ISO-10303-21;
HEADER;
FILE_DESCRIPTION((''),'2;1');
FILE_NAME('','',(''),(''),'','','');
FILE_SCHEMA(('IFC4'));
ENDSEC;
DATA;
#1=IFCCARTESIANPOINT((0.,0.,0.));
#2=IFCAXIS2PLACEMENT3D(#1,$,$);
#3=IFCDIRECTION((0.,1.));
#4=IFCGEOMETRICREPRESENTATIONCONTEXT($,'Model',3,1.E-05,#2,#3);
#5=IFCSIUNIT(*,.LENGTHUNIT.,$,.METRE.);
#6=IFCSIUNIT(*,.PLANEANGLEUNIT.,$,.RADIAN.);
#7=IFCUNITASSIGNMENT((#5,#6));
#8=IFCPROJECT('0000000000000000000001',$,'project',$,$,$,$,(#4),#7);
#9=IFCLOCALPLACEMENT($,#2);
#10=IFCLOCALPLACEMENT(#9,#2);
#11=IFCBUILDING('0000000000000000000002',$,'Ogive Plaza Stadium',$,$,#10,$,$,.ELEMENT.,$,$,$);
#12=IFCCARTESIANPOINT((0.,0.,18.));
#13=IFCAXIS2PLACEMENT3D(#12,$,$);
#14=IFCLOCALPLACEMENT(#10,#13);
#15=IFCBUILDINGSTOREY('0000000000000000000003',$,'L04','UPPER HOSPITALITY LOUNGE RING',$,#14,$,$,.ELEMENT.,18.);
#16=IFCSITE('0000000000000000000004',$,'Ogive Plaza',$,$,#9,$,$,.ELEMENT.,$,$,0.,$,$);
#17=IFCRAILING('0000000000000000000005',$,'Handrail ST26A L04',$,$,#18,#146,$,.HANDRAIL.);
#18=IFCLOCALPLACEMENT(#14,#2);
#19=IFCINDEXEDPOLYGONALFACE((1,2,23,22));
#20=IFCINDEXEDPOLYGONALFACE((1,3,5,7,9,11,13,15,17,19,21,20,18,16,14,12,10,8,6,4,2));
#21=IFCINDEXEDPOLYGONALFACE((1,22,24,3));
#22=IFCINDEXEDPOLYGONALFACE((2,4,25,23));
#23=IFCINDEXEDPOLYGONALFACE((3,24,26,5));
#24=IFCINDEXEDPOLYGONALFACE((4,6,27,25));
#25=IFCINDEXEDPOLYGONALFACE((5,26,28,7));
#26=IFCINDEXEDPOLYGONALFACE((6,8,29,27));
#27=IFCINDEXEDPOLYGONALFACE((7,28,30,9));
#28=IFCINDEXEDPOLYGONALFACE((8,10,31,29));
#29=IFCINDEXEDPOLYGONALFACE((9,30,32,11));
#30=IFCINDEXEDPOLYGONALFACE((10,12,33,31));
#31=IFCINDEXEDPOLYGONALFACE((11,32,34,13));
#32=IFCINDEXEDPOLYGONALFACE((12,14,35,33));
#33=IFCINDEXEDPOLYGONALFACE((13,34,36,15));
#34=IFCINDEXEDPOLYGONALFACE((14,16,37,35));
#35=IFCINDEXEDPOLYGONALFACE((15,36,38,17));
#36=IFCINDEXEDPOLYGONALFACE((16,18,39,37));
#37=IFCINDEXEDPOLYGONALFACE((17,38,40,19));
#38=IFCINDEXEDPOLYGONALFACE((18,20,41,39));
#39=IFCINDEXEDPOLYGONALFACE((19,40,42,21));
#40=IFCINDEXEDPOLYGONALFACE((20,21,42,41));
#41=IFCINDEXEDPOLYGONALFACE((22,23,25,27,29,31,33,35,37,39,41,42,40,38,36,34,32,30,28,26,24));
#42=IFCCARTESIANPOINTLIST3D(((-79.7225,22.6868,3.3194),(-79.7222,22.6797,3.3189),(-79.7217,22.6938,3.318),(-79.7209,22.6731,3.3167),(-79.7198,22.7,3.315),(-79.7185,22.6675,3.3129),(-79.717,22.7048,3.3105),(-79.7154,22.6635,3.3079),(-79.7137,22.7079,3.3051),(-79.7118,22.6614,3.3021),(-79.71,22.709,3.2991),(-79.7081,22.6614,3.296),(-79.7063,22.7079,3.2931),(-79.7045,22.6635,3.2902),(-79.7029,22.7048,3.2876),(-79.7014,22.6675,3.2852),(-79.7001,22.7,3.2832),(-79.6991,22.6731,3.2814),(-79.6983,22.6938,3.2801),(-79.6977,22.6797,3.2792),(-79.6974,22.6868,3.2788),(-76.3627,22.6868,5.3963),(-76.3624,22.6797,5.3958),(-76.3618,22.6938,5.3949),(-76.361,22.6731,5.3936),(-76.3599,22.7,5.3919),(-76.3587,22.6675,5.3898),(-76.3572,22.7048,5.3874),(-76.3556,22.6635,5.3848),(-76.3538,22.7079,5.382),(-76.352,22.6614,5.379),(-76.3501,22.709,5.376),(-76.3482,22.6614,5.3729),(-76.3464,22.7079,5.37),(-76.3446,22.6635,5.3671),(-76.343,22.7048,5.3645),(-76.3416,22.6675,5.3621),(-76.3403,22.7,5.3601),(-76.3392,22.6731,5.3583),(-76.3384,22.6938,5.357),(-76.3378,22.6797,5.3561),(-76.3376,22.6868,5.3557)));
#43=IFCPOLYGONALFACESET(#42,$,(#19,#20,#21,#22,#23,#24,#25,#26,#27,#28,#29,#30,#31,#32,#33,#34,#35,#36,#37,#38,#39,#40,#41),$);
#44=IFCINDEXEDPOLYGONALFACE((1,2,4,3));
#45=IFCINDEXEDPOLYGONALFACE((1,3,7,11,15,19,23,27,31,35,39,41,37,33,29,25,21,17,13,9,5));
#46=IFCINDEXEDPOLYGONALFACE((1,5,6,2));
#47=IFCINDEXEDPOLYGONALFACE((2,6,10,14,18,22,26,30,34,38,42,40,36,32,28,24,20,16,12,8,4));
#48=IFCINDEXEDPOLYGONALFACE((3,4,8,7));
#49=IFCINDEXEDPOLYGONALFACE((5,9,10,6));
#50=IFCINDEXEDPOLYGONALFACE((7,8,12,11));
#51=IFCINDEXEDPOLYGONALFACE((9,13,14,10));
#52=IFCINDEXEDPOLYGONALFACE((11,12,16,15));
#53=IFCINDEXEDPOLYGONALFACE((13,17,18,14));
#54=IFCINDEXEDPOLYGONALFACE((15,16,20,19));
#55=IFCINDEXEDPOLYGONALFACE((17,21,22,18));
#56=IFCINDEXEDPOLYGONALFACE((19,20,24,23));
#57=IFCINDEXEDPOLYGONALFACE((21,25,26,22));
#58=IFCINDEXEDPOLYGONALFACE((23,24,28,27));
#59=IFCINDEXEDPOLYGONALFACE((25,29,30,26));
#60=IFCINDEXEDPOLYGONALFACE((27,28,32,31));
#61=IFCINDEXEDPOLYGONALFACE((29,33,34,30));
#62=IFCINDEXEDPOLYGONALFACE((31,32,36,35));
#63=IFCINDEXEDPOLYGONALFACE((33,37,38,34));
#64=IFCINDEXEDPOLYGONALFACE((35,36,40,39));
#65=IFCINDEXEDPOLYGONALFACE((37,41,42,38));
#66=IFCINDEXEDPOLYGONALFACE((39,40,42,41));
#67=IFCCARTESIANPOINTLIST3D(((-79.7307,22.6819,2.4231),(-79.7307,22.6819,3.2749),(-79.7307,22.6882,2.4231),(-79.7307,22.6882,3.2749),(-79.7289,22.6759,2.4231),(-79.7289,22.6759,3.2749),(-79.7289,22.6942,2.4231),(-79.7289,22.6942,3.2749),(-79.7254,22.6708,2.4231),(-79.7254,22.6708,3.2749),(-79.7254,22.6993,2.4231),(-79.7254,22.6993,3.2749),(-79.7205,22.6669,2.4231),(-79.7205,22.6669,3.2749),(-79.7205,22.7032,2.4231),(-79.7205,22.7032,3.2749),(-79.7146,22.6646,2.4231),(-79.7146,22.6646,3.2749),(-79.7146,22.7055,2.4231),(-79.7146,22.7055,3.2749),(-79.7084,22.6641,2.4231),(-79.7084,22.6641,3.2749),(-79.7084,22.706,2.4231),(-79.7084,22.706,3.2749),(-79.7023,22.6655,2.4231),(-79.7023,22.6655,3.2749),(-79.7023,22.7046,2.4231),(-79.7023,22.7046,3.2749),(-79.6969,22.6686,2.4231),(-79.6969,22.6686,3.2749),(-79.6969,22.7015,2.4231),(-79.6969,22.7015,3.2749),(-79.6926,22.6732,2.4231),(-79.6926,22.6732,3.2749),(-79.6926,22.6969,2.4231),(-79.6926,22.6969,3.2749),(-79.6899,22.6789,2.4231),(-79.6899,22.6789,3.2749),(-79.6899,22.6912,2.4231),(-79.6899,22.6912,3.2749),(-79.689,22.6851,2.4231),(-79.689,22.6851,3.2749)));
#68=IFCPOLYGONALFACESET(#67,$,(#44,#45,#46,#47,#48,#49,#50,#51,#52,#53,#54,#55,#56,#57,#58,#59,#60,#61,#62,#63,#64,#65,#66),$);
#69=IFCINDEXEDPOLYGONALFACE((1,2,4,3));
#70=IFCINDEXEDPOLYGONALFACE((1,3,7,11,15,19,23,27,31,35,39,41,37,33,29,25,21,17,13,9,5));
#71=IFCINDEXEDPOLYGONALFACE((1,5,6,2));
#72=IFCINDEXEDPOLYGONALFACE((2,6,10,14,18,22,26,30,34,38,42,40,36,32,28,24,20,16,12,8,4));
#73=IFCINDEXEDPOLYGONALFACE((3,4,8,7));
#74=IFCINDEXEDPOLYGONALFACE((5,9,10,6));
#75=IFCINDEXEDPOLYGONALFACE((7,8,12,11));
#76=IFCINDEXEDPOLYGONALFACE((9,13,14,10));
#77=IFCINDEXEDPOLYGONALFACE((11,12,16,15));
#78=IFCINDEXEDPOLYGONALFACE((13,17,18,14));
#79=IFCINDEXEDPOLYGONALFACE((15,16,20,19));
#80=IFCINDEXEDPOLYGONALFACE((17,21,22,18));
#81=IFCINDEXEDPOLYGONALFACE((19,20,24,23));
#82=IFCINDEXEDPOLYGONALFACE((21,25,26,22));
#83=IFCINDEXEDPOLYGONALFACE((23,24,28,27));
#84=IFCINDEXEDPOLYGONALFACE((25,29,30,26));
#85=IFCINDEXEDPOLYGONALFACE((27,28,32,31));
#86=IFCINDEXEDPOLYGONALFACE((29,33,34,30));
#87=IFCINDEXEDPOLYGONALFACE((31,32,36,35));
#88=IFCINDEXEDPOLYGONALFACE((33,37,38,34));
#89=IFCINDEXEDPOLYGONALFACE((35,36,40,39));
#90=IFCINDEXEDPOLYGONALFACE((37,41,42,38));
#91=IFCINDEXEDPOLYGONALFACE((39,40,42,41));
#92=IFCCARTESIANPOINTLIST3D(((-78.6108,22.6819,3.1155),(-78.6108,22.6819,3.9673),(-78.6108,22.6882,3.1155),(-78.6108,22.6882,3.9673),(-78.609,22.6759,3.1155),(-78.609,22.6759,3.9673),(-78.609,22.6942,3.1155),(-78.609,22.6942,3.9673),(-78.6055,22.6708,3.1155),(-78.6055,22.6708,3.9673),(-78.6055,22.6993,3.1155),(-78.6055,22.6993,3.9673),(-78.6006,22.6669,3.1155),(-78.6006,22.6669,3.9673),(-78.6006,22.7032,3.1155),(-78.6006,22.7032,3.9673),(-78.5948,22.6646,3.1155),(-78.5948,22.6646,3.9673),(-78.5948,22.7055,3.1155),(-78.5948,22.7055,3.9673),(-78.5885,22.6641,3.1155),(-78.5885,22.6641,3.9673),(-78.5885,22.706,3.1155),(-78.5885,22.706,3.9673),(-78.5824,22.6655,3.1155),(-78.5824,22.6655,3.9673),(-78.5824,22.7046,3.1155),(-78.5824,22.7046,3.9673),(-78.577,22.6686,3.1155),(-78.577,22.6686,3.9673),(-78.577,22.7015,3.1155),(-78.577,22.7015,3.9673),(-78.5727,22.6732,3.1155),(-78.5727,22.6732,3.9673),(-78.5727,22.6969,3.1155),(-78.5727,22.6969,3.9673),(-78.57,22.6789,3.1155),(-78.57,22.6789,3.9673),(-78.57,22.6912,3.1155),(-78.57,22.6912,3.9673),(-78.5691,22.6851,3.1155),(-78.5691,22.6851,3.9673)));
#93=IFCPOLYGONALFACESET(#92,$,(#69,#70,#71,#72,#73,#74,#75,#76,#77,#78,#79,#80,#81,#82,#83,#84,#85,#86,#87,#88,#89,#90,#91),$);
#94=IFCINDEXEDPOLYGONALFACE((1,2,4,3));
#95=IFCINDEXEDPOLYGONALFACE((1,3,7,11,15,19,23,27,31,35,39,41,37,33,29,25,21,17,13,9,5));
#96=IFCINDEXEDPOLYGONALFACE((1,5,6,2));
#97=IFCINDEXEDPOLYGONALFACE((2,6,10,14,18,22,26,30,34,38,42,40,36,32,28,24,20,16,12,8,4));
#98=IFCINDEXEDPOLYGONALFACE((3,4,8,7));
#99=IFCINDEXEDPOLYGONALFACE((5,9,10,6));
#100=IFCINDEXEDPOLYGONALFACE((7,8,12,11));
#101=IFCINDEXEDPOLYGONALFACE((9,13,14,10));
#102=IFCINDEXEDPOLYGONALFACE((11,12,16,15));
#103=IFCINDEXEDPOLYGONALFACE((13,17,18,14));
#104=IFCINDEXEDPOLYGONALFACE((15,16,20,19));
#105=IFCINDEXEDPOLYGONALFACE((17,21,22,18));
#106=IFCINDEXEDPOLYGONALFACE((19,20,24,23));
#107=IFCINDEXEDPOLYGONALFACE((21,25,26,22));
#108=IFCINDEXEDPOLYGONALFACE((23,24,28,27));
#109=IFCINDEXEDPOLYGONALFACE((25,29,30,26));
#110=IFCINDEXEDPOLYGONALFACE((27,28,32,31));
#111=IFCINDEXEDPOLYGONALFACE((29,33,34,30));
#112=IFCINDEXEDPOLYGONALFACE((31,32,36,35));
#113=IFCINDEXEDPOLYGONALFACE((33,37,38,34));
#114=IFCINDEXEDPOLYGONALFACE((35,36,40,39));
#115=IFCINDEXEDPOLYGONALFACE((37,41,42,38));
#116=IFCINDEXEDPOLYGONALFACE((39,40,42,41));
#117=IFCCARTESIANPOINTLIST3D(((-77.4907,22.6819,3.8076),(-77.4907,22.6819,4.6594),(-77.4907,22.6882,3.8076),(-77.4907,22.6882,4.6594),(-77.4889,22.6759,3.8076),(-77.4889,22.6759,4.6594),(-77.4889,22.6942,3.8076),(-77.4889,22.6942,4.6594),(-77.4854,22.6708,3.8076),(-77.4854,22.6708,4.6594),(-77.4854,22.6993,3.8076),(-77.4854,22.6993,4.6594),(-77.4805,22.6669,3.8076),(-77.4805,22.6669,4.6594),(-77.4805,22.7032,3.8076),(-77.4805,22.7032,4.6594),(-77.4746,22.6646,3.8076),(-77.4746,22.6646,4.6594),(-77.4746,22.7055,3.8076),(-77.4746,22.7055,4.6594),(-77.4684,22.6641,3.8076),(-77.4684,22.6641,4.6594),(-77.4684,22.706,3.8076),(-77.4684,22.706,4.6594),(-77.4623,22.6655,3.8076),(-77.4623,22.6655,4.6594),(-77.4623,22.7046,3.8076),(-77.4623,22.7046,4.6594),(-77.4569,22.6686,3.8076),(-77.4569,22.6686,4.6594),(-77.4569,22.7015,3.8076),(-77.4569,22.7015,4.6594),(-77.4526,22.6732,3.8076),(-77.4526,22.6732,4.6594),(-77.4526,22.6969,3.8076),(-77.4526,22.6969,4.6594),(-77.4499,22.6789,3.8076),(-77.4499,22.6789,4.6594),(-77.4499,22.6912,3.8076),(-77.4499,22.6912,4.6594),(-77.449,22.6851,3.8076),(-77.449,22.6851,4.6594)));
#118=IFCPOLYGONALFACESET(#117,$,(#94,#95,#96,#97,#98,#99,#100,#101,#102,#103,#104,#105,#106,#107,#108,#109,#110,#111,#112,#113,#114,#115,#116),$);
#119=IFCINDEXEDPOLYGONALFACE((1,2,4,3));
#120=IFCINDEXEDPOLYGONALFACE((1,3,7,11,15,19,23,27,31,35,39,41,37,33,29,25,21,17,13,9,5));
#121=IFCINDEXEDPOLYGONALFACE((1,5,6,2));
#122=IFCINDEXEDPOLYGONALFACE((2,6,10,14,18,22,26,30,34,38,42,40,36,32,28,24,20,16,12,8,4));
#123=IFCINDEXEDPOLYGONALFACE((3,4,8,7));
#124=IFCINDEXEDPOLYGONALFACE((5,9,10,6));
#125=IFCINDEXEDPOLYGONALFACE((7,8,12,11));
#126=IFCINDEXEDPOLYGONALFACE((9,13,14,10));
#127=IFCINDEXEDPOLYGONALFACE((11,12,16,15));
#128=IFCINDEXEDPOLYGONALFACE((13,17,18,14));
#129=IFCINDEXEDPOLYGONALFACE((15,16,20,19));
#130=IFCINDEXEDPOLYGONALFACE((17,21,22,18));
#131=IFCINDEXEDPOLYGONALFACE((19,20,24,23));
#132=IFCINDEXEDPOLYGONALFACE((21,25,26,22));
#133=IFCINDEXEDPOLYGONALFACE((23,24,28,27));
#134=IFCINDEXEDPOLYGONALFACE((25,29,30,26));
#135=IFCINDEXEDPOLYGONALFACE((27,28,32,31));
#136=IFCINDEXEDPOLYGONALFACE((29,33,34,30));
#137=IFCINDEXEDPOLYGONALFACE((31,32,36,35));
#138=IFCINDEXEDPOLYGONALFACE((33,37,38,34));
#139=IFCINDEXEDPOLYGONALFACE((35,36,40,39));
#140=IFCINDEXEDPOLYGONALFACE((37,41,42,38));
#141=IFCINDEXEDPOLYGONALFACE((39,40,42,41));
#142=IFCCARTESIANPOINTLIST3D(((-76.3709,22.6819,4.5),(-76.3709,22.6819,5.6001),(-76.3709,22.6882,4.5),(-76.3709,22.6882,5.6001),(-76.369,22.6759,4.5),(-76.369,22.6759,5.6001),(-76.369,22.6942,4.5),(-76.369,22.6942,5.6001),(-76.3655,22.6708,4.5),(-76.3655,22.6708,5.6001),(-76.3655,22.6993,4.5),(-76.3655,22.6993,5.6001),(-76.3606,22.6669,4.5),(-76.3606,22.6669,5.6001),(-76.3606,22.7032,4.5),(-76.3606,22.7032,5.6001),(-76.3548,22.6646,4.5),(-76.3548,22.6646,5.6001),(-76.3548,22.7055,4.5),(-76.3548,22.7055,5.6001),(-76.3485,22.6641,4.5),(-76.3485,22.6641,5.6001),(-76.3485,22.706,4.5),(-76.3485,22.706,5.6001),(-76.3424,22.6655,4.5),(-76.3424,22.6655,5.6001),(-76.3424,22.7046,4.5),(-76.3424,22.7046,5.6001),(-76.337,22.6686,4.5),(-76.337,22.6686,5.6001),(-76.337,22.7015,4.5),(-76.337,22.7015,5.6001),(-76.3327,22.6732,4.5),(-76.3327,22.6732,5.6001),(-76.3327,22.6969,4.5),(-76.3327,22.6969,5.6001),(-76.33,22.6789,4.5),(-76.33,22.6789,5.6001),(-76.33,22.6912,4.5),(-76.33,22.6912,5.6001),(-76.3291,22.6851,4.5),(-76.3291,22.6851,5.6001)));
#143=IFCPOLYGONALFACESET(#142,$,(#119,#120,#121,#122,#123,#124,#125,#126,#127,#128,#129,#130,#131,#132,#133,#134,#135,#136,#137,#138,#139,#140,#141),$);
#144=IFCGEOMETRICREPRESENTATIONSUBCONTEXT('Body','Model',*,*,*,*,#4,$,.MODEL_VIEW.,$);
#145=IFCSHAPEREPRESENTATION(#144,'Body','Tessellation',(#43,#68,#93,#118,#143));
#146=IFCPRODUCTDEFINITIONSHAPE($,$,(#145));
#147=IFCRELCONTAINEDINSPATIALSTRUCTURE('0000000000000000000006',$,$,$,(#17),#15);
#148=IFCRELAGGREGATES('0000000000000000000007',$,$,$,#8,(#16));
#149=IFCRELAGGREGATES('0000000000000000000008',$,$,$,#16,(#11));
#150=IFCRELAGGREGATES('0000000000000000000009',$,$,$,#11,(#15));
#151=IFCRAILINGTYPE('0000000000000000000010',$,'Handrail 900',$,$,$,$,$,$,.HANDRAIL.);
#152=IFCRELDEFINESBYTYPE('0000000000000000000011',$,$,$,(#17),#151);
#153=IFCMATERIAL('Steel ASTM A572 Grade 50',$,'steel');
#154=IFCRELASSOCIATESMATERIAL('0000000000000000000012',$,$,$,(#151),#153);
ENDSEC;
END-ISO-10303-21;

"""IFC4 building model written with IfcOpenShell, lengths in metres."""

from ifc_helpers import new_model, si_unit, direction, frame, origin, origin_2d, place, context, subcontext, project, spatial, circle, extrude, material, type_object, element, save


model = new_model("IFC4")

# Units and contexts
model_context = context("Model", 3, precision=1e-05, world=origin(), true_north=direction((0.0, 1.0)))
body_context = subcontext(model_context, "Body", "Model", "MODEL_VIEW")
ifc_project = project(units=[si_unit("LENGTHUNIT", "METRE"), si_unit("PLANEANGLEUNIT", "RADIAN")], contexts=[model_context])

# Site, building, storey
site_placement = place(None, origin())
site = spatial("IfcSite", under=ifc_project, at=site_placement, Name="Ogive Plaza", CompositionType="ELEMENT", RefElevation=0.0)
building_placement = place(site_placement, origin())
building = spatial("IfcBuilding", under=site, at=building_placement, Name="Ogive Plaza Stadium", CompositionType="ELEMENT")
storey_placement = place(building_placement, frame((0.0, 0.0, 18.0)))
storey = spatial("IfcBuildingStorey", under=building, at=storey_placement, Name="L04", Description="UPPER HOSPITALITY LOUNGE RING", CompositionType="ELEMENT", Elevation=18.0)

# Railing
ifc_material_1 = material(Name="Steel ASTM A572 Grade 50", Category="steel")
railing_type_1 = type_object("IfcRailingType", Name="Handrail 900", PredefinedType="HANDRAIL", material=ifc_material_1)
for number, where, name in (
    (1, (-79.71, 22.6851, 2.4231), "Handrail ST26A L04"),
):
    element("IfcRailing", number, at=place(storey_placement, frame(where)), inside=storey, type_object=railing_type_1, Name=name, PredefinedType="HANDRAIL", context=body_context, shape_type="SweptSolid", body=[
        extrude(circle(Radius=0.0239, at=origin_2d()), frame((0.0, 0.0, 0.876), z_axis=(0.850606, 0.0, 0.525803), x_axis=(0.0, 1.0, 0.0)), (0.0, 0.0, 1.0), 3.95),
        extrude(circle(Radius=0.021, at=origin_2d()), origin(), (0.0, 0.0, 1.0), 0.8518),
        extrude(circle(Radius=0.021, at=origin_2d()), frame((1.1199, 0.0, 0.6924)), (0.0, 0.0, 1.0), 0.8518),
        extrude(circle(Radius=0.021, at=origin_2d()), frame((2.24, 0.0, 1.3845)), (0.0, 0.0, 1.0), 0.8518),
        extrude(circle(Radius=0.021, at=origin_2d()), frame((3.3599, 0.0, 2.0769)), (0.0, 0.0, 1.0), 1.1001),
    ])

save(model, "model.ifc")
